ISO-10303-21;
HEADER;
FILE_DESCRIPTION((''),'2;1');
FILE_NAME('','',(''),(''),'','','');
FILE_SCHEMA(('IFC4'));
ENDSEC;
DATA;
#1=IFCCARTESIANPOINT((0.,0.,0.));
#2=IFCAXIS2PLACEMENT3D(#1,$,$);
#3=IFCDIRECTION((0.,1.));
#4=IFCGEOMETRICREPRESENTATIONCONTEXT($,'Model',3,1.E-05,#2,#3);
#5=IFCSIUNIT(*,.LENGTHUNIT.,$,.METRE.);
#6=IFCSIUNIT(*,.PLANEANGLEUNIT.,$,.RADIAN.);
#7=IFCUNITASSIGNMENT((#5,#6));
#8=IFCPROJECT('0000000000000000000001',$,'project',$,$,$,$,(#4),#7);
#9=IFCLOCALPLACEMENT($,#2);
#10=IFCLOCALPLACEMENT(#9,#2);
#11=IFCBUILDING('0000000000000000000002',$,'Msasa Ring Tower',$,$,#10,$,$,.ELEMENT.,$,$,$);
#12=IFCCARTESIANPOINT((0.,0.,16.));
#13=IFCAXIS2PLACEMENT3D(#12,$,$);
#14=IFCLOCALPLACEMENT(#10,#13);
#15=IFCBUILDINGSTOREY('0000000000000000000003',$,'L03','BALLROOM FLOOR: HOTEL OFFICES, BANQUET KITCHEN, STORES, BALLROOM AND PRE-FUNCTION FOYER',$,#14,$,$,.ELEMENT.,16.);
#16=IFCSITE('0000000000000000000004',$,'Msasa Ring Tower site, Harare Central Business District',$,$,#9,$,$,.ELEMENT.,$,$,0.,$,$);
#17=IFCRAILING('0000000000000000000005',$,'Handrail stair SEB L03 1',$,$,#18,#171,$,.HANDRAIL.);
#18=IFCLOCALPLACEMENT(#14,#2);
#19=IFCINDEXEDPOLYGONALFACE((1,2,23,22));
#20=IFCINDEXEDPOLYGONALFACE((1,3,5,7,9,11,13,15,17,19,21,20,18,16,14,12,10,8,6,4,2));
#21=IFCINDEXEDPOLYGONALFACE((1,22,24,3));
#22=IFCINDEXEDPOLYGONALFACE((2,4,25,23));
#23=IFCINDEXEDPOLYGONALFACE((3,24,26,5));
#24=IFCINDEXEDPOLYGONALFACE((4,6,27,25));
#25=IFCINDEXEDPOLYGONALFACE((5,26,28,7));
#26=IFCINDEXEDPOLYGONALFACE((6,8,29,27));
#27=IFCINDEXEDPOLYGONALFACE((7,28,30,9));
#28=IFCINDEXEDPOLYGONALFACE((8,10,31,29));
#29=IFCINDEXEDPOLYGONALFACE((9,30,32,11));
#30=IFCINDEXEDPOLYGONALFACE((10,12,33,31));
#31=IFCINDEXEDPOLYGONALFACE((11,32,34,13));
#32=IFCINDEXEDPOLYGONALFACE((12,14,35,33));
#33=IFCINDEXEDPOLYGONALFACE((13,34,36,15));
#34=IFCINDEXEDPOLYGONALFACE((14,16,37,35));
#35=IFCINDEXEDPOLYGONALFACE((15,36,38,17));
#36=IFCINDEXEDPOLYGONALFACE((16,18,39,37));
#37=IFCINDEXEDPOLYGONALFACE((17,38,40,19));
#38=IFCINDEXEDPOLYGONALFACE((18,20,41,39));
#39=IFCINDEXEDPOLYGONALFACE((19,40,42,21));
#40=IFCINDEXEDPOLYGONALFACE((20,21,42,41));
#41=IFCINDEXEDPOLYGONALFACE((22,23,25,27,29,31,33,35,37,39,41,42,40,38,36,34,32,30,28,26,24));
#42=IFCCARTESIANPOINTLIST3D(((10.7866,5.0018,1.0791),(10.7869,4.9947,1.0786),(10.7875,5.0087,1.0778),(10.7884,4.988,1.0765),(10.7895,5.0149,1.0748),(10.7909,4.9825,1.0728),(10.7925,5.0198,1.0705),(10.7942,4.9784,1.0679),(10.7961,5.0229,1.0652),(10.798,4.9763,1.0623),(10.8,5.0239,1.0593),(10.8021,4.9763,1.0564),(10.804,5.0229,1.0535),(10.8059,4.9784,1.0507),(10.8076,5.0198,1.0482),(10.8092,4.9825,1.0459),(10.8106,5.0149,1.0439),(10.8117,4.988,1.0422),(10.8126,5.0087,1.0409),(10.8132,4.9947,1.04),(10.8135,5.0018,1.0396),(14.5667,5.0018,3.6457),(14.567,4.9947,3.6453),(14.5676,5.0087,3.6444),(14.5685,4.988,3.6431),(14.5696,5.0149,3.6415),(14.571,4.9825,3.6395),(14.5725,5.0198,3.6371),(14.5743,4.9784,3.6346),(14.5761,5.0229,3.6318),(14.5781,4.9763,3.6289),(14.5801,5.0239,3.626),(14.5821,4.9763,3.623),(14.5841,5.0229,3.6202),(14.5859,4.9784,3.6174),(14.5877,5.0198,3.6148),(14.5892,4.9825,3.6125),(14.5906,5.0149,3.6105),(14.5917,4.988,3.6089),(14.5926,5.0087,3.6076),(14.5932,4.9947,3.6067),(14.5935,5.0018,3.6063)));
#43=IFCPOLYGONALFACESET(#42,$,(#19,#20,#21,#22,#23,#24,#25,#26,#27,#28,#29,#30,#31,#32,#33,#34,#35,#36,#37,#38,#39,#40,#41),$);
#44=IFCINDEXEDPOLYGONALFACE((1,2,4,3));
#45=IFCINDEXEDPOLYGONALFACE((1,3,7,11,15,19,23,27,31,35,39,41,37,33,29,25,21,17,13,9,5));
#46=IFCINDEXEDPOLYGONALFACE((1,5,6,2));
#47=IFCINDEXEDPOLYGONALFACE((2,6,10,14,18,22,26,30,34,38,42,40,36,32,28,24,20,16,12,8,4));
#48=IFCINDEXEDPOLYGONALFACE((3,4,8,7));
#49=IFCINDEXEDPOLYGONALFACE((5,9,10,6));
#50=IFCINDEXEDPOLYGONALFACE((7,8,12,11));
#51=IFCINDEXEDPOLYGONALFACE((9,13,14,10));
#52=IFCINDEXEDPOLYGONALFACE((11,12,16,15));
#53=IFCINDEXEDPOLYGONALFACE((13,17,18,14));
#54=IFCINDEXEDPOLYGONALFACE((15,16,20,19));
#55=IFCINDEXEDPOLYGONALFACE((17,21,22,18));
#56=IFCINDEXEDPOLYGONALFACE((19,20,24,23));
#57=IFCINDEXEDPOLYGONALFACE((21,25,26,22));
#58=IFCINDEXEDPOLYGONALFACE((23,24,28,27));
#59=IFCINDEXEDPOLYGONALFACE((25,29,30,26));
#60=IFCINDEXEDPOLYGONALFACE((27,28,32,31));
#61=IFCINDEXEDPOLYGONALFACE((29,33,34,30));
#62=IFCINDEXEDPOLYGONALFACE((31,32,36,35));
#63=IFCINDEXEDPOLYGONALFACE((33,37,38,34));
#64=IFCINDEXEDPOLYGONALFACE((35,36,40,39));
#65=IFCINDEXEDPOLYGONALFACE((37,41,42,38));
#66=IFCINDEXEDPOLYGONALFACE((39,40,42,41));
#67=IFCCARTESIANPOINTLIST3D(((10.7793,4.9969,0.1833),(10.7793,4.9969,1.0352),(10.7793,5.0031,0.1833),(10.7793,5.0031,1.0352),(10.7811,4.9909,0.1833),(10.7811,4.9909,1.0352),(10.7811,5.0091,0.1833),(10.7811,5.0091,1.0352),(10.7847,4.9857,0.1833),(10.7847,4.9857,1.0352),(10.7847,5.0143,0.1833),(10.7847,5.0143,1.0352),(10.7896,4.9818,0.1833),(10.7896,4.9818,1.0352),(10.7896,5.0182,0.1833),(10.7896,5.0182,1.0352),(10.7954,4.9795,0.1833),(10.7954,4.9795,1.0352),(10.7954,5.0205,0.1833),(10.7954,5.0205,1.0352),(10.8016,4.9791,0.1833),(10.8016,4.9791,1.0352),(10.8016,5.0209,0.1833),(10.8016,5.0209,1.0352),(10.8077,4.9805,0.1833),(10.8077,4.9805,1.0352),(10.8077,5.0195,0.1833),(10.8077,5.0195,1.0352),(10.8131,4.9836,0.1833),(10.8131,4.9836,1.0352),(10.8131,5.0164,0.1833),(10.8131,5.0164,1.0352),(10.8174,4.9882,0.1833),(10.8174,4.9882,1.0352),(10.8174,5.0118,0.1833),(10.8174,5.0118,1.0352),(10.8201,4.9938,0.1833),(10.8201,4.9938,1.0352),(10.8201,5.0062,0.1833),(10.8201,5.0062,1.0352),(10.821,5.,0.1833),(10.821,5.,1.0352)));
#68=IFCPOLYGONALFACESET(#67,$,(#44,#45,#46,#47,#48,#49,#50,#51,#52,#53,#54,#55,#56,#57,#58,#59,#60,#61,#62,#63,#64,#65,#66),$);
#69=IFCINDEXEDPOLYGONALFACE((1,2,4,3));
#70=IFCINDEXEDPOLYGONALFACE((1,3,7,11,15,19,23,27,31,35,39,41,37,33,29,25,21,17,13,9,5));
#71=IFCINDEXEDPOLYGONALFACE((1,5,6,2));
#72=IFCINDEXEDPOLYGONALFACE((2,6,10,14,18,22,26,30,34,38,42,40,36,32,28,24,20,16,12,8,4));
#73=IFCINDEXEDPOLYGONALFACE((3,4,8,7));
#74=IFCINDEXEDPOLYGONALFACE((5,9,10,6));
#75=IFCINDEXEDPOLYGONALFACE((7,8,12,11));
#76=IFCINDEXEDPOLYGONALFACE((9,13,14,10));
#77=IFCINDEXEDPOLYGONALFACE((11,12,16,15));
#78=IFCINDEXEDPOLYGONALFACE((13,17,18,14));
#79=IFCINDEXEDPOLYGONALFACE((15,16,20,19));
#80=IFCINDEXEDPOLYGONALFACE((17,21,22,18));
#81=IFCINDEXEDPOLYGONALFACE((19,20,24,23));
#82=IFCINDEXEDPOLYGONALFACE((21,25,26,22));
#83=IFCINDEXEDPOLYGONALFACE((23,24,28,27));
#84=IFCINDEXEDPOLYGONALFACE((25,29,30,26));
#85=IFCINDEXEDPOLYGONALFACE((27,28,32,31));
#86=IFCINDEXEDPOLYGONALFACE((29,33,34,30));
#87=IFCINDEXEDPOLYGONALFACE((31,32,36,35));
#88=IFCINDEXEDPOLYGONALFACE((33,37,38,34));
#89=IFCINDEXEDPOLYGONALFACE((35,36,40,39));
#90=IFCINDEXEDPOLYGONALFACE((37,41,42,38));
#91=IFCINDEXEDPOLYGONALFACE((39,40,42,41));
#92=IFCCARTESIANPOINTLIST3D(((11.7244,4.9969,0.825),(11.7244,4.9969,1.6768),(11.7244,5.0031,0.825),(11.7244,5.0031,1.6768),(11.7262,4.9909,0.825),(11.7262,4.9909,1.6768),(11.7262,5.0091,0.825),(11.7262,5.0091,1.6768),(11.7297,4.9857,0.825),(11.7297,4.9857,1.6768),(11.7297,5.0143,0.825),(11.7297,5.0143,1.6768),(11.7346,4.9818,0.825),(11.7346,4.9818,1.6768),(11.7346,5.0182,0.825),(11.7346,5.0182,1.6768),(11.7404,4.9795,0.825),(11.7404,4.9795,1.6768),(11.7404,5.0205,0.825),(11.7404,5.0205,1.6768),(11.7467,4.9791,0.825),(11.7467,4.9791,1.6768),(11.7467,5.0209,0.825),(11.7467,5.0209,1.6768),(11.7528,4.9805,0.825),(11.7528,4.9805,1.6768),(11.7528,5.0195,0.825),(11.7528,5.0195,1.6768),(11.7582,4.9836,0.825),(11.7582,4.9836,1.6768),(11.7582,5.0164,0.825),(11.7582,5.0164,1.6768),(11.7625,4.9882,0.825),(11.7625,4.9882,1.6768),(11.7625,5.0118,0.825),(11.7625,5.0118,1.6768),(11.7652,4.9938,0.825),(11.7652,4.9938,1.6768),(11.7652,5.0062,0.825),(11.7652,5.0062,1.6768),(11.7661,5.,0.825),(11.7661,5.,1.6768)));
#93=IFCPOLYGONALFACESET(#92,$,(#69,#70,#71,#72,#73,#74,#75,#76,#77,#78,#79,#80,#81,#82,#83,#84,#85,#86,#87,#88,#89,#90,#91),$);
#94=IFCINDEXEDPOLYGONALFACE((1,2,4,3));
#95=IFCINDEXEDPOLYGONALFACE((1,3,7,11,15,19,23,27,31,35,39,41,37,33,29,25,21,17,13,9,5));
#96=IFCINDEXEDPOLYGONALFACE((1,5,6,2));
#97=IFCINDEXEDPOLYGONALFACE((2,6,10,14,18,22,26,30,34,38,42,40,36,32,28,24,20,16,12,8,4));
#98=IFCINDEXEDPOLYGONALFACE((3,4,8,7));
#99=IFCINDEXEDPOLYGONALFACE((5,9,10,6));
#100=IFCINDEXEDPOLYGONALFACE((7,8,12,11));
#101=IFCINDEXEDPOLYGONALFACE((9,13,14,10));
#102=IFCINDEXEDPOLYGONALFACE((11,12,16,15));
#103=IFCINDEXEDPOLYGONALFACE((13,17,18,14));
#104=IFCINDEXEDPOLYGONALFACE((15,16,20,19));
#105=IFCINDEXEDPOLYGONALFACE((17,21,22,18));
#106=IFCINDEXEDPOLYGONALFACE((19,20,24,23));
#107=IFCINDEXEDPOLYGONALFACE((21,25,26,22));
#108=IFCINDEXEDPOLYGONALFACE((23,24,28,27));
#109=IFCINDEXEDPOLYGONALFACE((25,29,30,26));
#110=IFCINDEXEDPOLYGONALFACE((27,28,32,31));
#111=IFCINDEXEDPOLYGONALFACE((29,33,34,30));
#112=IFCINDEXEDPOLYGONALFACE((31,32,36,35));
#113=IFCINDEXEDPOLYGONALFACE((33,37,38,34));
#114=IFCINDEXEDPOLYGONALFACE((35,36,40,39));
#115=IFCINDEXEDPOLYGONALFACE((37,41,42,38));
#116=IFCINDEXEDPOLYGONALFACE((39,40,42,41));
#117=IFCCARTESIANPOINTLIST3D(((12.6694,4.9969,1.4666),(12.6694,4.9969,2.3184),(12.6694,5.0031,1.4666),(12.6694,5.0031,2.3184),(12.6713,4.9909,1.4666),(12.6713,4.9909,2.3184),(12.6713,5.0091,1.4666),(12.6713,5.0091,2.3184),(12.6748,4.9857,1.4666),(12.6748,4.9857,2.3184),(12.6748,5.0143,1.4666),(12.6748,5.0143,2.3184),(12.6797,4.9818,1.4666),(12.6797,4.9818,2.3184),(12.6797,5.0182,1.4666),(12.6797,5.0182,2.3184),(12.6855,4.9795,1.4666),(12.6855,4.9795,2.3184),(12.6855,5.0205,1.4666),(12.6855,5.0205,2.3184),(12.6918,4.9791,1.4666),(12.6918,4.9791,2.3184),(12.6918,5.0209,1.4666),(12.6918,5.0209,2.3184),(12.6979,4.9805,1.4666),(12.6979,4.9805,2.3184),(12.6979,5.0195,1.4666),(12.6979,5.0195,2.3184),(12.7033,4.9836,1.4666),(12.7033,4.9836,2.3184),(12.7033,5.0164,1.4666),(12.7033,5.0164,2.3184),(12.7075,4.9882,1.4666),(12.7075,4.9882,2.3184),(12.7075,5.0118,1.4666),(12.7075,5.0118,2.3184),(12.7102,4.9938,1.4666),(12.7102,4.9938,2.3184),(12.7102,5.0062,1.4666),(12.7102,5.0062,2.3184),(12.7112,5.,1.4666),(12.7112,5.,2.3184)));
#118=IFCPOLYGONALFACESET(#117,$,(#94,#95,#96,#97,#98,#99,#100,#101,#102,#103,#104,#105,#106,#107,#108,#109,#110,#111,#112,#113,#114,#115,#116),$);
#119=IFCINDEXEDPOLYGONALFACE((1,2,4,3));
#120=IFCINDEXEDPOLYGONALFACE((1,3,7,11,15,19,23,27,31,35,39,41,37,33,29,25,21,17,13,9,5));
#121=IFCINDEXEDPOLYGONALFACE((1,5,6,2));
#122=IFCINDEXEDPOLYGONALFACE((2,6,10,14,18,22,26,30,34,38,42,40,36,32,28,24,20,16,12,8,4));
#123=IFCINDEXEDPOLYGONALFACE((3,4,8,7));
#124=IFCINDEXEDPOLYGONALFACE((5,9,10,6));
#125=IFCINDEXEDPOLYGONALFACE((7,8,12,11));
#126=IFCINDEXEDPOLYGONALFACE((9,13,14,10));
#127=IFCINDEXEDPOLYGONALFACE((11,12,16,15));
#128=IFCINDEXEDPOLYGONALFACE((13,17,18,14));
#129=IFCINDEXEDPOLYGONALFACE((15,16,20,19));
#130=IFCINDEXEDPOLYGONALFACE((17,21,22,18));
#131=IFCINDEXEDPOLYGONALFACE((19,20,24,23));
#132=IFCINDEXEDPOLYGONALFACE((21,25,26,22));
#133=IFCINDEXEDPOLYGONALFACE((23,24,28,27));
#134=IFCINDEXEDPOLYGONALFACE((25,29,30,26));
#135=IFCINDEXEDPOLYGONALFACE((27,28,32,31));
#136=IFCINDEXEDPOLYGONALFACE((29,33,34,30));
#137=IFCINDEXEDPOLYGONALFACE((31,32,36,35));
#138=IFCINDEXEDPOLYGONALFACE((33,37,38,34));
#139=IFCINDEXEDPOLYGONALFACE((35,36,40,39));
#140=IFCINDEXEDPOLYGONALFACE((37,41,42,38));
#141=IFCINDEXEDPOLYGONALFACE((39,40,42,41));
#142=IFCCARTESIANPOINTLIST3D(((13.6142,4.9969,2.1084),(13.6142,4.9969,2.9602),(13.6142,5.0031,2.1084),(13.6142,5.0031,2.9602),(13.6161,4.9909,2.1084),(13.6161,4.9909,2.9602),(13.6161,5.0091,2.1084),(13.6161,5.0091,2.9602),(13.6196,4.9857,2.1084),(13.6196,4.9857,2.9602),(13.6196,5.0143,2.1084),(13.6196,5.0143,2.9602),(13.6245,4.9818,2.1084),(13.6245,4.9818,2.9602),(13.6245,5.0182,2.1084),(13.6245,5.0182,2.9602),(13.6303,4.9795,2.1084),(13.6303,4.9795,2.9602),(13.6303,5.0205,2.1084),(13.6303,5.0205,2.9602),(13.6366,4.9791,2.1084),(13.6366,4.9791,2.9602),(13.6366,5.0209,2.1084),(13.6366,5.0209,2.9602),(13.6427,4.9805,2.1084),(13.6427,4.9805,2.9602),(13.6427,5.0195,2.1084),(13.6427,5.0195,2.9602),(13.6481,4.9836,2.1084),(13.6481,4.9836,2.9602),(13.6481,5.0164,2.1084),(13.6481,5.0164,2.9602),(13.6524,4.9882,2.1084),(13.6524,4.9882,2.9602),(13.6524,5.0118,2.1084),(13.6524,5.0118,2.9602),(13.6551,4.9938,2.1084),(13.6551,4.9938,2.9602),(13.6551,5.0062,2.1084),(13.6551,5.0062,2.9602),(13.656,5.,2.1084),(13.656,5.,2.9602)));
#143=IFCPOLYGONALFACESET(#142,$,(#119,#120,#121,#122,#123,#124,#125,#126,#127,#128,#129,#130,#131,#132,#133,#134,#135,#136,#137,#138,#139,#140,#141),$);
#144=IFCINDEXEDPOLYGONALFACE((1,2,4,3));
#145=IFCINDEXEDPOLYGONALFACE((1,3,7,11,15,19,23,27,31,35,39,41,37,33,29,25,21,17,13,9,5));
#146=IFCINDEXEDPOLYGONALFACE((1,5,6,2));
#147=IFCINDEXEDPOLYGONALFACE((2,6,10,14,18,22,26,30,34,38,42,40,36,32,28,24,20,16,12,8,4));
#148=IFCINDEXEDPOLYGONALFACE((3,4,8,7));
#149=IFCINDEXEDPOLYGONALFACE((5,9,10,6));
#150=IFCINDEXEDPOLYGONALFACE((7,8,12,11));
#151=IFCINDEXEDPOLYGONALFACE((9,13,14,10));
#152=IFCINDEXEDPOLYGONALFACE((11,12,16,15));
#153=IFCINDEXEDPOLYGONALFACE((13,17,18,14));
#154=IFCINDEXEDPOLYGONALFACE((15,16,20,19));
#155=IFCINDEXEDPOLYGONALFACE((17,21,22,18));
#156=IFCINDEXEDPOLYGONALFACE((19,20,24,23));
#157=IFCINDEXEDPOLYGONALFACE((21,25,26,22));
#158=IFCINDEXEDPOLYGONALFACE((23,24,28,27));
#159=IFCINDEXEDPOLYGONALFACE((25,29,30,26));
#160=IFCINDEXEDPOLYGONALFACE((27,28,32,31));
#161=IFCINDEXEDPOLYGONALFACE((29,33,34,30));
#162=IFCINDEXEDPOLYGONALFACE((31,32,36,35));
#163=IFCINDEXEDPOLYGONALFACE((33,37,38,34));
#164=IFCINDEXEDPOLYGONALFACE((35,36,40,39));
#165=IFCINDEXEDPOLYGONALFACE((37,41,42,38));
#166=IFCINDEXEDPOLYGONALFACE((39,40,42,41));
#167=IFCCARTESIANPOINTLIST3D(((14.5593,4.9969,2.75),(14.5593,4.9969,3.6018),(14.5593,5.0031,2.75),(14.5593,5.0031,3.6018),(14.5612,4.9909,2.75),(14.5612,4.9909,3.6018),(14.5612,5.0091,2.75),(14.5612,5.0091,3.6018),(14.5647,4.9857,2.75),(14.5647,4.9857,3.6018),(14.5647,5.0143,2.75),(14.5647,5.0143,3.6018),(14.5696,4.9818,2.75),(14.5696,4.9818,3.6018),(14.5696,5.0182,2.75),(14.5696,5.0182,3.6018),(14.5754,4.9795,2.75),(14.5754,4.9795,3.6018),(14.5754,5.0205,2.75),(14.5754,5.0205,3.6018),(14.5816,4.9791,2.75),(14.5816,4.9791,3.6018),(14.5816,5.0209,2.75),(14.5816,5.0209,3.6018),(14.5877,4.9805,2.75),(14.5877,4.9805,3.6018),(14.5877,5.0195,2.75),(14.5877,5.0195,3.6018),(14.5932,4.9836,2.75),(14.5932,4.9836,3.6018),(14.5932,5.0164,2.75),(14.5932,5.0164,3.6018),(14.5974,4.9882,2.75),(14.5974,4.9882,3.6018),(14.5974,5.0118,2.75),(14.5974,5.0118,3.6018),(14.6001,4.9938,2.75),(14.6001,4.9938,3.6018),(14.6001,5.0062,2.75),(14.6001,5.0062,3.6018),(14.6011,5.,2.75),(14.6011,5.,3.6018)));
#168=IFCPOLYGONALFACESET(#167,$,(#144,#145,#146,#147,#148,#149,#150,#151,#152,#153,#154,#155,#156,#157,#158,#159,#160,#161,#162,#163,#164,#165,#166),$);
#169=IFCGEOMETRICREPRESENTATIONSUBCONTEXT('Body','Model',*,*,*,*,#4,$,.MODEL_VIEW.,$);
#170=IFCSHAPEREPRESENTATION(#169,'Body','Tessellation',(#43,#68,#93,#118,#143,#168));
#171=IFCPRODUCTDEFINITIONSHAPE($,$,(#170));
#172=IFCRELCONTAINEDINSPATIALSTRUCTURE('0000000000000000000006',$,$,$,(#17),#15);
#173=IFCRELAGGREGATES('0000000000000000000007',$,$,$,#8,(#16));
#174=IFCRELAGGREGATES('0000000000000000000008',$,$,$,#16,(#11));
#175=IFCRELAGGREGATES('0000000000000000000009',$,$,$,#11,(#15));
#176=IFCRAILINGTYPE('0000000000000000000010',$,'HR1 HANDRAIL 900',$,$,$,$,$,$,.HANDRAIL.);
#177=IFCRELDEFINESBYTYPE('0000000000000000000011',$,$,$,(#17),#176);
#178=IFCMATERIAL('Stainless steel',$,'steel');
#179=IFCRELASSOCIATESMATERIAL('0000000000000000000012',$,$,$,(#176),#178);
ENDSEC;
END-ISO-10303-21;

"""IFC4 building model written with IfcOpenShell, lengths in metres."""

from ifc_helpers import new_model, si_unit, direction, frame, origin, origin_2d, place, context, subcontext, project, spatial, circle, extrude, material, type_object, element, save


model = new_model("IFC4")

# Units and contexts
model_context = context("Model", 3, precision=1e-05, world=origin(), true_north=direction((0.0, 1.0)))
body_context = subcontext(model_context, "Body", "Model", "MODEL_VIEW")
ifc_project = project(units=[si_unit("LENGTHUNIT", "METRE"), si_unit("PLANEANGLEUNIT", "RADIAN")], contexts=[model_context])

# Site, building, storey
site_placement = place(None, origin())
site = spatial("IfcSite", under=ifc_project, at=site_placement, Name="Msasa Ring Tower site, Harare Central Business District", CompositionType="ELEMENT", RefElevation=0.0)
building_placement = place(site_placement, origin())
building = spatial("IfcBuilding", under=site, at=building_placement, Name="Msasa Ring Tower", CompositionType="ELEMENT")
storey_placement = place(building_placement, frame((0.0, 0.0, 16.0)))
storey = spatial("IfcBuildingStorey", under=building, at=storey_placement, Name="L03", Description="BALLROOM FLOOR: HOTEL OFFICES, BANQUET KITCHEN, STORES, BALLROOM AND PRE-FUNCTION FOYER", CompositionType="ELEMENT", Elevation=16.0)

# Railing
ifc_material_1 = material(Name="Stainless steel", Category="steel")
railing_type = type_object("IfcRailingType", Name="HR1 HANDRAIL 900", PredefinedType="HANDRAIL", material=ifc_material_1)
for number, where, name in (
    (1, (10.8, 5.0, 0.1833), "Handrail stair SEB L03 1"),
):
    element("IfcRailing", number, at=place(storey_placement, frame(where)), inside=storey, type_object=railing_type, Name=name, PredefinedType="HANDRAIL", context=body_context, shape_type="SweptSolid", body=[
        extrude(circle(Radius=0.0239, at=origin_2d()), frame((0.0, 0.0, 0.876), z_axis=(0.82731, 0.0, 0.561746), x_axis=(0.0, 1.0, 0.0)), (0.0, 0.0, 1.0), 4.5691),
        extrude(circle(Radius=0.021, at=origin_2d()), origin(), (0.0, 0.0, 1.0), 0.8518),
        extrude(circle(Radius=0.021, at=origin_2d()), frame((0.9451, 0.0, 0.6416)), (0.0, 0.0, 1.0), 0.8518),
        extrude(circle(Radius=0.021, at=origin_2d()), frame((1.8901, 0.0, 1.2832)), (0.0, 0.0, 1.0), 0.8518),
        extrude(circle(Radius=0.021, at=origin_2d()), frame((2.835, 0.0, 1.925)), (0.0, 0.0, 1.0), 0.8518),
        extrude(circle(Radius=0.021, at=origin_2d()), frame((3.78, 0.0, 2.5667)), (0.0, 0.0, 1.0), 0.8518),
    ])

save(model, "model.ifc")
